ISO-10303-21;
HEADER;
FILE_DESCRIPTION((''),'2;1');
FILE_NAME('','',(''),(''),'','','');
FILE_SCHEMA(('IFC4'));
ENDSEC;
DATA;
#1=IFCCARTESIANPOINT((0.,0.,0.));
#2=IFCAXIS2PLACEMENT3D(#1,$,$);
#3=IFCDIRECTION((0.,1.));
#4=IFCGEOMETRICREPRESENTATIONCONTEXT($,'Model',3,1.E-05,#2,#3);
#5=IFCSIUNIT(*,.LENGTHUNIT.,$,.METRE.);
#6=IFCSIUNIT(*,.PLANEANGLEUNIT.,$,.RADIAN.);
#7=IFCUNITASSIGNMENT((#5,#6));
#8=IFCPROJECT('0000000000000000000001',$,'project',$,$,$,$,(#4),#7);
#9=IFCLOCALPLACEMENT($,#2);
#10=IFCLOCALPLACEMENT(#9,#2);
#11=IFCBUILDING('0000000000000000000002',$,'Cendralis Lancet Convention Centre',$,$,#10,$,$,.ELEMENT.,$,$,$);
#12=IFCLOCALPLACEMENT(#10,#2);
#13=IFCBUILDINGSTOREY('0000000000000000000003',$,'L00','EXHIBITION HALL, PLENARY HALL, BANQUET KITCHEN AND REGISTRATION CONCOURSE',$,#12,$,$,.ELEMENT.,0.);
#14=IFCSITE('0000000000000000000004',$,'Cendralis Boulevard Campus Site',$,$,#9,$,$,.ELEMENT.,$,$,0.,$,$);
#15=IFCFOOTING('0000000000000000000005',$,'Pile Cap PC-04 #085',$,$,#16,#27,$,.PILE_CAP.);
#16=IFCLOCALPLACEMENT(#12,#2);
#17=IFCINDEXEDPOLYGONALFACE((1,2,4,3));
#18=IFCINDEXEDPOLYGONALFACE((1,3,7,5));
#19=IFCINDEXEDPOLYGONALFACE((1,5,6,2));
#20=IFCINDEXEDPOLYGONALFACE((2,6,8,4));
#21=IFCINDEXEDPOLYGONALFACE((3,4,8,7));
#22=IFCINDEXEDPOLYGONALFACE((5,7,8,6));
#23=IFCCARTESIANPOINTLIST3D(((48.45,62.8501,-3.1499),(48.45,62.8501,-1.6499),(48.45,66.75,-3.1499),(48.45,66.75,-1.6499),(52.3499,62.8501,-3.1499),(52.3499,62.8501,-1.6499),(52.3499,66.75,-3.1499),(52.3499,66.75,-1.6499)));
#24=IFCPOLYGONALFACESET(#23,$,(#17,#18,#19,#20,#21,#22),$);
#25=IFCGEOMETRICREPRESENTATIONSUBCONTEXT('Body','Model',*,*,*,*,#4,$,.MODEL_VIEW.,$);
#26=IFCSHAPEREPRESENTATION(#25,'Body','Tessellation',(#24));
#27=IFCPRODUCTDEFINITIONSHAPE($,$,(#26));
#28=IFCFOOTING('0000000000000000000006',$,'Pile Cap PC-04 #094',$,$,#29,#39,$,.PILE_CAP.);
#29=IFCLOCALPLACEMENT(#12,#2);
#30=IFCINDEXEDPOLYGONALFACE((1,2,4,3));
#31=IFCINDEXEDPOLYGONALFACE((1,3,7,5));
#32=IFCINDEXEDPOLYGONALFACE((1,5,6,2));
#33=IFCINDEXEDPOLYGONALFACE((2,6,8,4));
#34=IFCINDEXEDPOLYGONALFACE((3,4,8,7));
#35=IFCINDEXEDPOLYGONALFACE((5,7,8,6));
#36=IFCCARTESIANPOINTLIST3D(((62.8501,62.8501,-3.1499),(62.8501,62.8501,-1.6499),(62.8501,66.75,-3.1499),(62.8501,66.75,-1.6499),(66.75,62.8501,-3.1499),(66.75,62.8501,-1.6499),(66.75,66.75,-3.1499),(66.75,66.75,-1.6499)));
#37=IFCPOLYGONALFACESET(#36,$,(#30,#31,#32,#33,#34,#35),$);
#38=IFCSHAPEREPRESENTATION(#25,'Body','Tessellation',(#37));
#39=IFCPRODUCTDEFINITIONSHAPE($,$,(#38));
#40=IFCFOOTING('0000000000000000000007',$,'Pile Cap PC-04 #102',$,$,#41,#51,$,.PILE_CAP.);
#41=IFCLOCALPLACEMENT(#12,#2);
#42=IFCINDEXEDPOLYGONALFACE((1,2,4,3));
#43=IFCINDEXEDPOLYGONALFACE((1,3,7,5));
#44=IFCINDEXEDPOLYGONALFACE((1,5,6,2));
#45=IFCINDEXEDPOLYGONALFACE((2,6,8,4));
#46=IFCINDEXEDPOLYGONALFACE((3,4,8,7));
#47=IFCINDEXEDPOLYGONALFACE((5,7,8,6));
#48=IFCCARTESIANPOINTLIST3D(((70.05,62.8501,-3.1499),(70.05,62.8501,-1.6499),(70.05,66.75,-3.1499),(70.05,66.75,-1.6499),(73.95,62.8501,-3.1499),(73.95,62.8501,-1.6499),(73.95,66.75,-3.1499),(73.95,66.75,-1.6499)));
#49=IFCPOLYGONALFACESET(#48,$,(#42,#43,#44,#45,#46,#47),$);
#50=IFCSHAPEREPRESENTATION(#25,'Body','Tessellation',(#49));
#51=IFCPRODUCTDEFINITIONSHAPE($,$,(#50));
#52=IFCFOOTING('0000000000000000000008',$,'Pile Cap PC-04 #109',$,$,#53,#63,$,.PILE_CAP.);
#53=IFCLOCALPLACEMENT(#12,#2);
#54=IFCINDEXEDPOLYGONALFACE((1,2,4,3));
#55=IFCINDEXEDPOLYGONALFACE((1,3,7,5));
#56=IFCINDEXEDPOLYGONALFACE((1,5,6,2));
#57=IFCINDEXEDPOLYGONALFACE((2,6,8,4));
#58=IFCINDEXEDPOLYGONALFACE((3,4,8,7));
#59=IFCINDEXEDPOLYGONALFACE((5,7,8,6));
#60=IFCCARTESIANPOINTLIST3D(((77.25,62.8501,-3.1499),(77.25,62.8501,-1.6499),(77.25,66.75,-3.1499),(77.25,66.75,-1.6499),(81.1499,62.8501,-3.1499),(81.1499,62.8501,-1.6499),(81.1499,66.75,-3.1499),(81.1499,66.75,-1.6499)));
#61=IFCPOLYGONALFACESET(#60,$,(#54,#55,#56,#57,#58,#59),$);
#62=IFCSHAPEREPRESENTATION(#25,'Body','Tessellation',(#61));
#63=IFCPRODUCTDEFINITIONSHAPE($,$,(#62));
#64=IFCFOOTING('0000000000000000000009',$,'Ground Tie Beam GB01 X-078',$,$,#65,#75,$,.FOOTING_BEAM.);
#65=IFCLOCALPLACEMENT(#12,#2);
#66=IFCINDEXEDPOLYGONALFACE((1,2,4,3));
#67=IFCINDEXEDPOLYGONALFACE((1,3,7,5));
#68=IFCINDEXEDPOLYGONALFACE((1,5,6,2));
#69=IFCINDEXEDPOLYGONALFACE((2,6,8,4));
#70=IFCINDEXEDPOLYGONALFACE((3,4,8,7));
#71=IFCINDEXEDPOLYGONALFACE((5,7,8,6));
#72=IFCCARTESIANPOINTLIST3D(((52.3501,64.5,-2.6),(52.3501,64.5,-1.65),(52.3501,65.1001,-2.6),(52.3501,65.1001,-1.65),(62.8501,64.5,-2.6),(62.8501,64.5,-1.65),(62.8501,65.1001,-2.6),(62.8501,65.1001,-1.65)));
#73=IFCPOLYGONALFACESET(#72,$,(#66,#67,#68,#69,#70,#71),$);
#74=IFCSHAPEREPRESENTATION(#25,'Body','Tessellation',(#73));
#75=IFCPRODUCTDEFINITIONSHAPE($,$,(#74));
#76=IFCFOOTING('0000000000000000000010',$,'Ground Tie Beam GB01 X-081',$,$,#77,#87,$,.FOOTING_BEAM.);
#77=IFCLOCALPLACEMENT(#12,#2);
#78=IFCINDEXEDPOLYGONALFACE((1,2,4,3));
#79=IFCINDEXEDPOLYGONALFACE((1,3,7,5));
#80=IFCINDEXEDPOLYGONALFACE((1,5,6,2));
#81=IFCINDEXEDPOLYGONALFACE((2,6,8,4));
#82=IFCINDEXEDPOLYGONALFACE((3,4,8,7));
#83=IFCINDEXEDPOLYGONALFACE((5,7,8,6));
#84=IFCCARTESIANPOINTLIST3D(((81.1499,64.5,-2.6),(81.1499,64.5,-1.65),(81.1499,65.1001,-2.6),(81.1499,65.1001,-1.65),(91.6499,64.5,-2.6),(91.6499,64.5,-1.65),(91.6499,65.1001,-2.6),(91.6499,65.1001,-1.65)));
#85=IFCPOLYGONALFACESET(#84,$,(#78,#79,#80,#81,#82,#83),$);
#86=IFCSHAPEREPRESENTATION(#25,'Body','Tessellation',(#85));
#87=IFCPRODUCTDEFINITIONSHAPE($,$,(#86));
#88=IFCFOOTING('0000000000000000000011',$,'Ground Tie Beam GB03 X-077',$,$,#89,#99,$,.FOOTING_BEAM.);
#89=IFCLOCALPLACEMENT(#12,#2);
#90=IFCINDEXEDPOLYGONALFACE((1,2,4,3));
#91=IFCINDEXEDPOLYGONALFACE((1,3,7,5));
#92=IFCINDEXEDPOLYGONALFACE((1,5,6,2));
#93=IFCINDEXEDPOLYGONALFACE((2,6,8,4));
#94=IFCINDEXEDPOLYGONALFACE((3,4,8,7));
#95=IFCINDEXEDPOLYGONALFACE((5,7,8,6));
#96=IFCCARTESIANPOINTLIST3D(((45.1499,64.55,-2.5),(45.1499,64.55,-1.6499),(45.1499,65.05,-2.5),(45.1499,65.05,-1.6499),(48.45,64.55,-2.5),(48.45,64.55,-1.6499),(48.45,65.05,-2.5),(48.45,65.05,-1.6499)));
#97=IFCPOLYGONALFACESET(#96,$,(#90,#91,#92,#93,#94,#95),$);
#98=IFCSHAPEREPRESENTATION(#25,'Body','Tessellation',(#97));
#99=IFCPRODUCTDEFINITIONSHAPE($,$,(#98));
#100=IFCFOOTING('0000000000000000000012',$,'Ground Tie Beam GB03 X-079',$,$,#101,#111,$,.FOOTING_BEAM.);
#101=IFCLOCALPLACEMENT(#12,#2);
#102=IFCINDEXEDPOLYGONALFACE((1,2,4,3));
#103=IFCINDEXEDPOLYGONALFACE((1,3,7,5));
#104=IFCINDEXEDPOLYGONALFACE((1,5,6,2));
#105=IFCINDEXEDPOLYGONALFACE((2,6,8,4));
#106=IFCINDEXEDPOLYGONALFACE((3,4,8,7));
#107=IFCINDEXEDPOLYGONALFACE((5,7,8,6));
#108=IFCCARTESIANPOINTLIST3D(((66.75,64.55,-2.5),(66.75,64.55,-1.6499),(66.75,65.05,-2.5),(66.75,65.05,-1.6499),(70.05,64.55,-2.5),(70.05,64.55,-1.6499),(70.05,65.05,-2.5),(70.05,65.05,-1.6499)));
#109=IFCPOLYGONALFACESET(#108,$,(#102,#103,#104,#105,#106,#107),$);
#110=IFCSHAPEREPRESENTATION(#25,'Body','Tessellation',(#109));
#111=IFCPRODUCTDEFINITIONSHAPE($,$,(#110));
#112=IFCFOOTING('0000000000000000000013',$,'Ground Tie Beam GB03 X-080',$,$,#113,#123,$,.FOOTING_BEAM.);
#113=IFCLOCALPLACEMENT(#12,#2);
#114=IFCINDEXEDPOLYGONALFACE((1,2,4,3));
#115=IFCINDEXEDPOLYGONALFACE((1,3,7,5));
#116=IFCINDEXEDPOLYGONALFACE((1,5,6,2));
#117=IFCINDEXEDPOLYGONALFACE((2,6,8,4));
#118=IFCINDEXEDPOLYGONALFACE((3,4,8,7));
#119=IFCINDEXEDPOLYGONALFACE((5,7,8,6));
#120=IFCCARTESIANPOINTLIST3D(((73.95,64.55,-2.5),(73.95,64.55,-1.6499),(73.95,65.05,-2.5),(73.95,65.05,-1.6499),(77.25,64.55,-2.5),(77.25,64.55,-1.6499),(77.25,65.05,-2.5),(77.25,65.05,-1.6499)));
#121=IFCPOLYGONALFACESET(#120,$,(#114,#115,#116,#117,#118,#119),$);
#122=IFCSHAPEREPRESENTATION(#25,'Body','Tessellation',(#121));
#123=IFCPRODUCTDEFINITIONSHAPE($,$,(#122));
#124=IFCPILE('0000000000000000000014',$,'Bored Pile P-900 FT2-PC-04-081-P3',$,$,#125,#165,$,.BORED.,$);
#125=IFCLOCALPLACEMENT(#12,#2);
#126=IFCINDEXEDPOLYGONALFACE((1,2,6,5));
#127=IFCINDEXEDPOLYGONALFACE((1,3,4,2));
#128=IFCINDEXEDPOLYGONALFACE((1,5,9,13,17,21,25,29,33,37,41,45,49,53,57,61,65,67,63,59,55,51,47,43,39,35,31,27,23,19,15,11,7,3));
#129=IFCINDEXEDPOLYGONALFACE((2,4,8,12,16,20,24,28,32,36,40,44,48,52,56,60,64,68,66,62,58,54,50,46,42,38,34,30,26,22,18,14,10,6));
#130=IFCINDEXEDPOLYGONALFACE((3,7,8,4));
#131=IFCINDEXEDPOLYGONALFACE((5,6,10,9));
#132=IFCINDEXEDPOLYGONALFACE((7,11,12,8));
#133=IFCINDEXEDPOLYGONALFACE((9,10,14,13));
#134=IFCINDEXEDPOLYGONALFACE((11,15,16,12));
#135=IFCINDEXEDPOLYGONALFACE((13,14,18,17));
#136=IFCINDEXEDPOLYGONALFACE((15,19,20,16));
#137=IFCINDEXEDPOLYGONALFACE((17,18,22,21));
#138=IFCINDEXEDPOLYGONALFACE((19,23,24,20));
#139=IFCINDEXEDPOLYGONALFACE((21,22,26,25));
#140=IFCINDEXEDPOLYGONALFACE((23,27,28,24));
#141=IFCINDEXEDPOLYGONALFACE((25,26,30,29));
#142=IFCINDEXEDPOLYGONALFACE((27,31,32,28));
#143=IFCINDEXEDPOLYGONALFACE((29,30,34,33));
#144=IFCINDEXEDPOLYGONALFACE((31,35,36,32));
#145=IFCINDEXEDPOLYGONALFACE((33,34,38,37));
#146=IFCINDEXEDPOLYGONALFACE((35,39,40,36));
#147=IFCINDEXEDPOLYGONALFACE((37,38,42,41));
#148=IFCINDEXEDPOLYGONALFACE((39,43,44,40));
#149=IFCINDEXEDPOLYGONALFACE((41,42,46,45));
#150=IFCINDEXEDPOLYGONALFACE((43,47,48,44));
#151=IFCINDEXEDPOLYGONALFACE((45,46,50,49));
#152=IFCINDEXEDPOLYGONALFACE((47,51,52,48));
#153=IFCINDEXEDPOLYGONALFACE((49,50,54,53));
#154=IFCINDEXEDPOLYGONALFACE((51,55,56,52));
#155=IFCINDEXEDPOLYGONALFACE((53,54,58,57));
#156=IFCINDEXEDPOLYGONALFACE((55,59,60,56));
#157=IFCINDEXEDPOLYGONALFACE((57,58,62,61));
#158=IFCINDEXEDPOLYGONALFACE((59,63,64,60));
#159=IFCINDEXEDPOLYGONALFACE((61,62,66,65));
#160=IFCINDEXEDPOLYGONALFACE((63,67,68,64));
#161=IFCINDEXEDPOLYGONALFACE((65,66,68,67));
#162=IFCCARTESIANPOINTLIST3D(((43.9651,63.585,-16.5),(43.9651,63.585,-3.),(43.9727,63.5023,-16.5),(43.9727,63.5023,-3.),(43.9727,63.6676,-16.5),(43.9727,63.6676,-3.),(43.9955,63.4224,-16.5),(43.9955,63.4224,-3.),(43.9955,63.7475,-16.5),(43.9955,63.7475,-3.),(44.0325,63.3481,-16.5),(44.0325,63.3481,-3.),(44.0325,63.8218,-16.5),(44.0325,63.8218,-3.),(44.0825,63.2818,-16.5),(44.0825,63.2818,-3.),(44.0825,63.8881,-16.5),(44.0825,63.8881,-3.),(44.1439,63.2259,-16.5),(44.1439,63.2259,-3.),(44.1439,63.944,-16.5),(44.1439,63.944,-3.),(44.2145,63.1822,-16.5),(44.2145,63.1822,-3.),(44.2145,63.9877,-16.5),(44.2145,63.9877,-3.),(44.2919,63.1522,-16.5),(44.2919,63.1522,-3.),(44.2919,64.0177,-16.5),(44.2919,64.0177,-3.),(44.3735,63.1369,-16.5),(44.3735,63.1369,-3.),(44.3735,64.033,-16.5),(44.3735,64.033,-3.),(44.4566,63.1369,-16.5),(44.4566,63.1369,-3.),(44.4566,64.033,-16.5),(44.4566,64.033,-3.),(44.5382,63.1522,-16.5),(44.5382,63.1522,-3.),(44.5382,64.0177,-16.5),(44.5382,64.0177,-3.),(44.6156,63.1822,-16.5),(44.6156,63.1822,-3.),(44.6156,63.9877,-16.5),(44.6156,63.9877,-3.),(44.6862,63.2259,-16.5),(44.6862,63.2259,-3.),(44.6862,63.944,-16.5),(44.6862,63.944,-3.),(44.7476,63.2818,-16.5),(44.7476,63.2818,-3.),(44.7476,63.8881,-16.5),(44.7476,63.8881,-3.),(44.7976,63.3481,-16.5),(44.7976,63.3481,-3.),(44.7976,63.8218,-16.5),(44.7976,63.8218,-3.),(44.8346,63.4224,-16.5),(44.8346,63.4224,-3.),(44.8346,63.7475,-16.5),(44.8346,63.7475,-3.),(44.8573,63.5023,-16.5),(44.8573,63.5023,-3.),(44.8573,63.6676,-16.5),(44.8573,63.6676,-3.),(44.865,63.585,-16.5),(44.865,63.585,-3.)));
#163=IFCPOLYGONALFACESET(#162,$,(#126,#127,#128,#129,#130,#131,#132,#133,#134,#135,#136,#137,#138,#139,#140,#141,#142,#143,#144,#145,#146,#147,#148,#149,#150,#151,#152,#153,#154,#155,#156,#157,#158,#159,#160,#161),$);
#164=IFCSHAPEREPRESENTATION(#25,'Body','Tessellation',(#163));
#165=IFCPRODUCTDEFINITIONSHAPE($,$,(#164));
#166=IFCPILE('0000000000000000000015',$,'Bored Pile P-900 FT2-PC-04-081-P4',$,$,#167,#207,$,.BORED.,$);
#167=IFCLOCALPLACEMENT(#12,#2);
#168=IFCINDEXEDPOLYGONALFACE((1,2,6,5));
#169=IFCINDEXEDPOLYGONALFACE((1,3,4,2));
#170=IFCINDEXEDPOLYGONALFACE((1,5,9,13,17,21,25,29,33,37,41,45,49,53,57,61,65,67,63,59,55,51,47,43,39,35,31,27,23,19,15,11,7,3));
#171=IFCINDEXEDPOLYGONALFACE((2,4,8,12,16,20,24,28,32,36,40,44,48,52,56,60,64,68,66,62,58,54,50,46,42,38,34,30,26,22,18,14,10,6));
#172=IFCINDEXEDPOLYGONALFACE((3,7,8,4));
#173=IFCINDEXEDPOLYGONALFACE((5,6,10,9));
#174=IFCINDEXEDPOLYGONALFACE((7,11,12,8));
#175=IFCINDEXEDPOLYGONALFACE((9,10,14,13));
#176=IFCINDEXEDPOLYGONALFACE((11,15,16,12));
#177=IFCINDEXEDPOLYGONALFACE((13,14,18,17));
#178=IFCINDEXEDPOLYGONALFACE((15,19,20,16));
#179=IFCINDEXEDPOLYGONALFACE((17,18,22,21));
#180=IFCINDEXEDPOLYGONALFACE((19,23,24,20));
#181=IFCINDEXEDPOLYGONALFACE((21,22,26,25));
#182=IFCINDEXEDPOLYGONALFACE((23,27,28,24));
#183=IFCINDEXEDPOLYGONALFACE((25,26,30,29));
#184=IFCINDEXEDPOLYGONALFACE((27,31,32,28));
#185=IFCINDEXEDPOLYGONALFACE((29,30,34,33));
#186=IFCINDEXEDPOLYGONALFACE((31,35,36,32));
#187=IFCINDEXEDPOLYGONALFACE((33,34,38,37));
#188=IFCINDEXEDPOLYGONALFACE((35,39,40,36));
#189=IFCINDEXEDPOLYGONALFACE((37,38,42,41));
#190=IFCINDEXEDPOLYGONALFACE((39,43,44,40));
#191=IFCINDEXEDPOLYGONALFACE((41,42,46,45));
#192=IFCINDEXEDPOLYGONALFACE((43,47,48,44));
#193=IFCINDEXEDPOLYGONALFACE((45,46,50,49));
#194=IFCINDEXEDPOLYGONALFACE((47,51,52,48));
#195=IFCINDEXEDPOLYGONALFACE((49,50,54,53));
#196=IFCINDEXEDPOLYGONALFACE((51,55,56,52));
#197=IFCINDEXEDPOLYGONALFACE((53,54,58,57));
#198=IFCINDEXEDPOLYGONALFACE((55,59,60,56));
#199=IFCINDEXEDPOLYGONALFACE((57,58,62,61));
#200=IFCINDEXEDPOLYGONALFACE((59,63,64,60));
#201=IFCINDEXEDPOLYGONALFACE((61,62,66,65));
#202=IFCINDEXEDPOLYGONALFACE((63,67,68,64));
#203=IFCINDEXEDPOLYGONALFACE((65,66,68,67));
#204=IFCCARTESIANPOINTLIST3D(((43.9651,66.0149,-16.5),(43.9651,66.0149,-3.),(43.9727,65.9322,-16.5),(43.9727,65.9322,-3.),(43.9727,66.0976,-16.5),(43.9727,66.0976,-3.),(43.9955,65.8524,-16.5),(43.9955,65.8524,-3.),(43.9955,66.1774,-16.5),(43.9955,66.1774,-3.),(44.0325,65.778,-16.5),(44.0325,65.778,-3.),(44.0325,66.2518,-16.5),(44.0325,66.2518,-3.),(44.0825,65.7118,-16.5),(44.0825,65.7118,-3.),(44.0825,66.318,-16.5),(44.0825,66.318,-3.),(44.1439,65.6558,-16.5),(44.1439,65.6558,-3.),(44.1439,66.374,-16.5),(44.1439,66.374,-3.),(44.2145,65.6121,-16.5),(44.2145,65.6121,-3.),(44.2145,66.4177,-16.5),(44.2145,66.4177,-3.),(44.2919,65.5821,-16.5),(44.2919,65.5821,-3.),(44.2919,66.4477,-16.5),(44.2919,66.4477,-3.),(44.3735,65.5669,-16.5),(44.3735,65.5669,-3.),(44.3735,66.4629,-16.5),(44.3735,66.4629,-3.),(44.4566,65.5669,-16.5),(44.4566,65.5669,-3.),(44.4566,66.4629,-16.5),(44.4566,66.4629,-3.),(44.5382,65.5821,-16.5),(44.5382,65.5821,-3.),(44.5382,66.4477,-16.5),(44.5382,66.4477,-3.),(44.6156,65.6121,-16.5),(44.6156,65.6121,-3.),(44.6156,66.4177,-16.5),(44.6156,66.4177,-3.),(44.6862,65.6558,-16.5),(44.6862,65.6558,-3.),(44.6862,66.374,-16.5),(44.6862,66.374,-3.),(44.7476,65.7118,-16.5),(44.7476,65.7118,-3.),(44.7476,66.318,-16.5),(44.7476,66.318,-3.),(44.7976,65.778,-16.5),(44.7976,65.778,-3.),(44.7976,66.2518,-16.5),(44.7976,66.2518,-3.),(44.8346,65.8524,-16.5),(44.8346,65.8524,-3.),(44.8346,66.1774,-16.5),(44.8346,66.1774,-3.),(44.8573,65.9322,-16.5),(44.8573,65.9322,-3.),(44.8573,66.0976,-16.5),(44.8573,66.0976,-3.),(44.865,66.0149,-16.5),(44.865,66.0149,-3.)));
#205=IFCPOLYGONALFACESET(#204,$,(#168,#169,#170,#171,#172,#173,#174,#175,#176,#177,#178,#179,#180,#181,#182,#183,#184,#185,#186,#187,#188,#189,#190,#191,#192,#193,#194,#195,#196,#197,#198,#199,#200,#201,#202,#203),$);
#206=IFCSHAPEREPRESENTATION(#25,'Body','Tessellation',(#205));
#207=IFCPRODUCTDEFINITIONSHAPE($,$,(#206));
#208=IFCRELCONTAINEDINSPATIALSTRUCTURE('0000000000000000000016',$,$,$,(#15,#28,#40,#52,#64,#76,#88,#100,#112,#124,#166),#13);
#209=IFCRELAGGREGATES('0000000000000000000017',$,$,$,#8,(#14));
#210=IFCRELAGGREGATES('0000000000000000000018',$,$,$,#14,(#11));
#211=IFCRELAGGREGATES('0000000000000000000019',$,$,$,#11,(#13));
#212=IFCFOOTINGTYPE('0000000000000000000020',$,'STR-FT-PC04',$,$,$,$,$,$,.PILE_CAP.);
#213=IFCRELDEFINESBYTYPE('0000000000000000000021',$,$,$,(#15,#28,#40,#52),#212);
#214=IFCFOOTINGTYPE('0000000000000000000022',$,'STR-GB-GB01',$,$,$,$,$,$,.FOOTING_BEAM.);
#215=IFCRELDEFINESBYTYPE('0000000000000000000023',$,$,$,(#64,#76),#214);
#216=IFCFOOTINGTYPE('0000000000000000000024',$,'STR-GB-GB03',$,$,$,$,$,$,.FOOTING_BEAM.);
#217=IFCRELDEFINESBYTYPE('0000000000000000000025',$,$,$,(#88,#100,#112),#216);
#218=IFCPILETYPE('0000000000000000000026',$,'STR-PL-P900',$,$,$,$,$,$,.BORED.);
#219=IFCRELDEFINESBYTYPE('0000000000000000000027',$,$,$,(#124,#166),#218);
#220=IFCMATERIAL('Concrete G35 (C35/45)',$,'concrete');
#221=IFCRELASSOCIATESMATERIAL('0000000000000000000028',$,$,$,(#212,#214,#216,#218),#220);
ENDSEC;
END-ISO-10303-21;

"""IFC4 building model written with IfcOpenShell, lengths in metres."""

from ifc_helpers import new_model, si_unit, direction, frame, origin, origin_2d, place, context, subcontext, project, spatial, rectangle, circle, extrude, material, material_profile, profile_set, type_object, element, save


model = new_model("IFC4")

# Units and contexts
model_context = context("Model", 3, precision=1e-05, world=origin(), true_north=direction((0.0, 1.0)))
body_context = subcontext(model_context, "Body", "Model", "MODEL_VIEW")
ifc_project = project(units=[si_unit("LENGTHUNIT", "METRE"), si_unit("PLANEANGLEUNIT", "RADIAN")], contexts=[model_context])

# Site, building, storey
site_placement = place(None, origin())
site = spatial("IfcSite", under=ifc_project, at=site_placement, Name="Cendralis Boulevard Campus Site", CompositionType="ELEMENT", RefElevation=0.0)
building_placement = place(site_placement, origin())
building = spatial("IfcBuilding", under=site, at=building_placement, Name="Cendralis Lancet Convention Centre", CompositionType="ELEMENT")
storey_placement = place(building_placement, origin())
storey = spatial("IfcBuildingStorey", under=building, at=storey_placement, Name="L00", Description="EXHIBITION HALL, PLENARY HALL, BANQUET KITCHEN AND REGISTRATION CONCOURSE", CompositionType="ELEMENT", Elevation=0.0)

# Footings
ifc_material_1 = material(Name="Concrete G35 (C35/45)", Category="concrete")
footing_type_1 = type_object("IfcFootingType", Name="STR-FT-PC04", PredefinedType="PILE_CAP", material=ifc_material_1)
for number, where, z_axis, x_axis, name in (
    (1, (50.3999, 64.8, -3.1499), (0.0, 0.0, 1.0), (1.0, 0.0, 0.0), "Pile Cap PC-04 #085"),
    (2, (64.8, 64.8, -3.1499), (0.0, 0.0, 1.0), (1.0, 0.0, 0.0), "Pile Cap PC-04 #094"),
    (3, (72.0, 64.8, -3.1499), (0.0, 0.0, 1.0), (1.0, 0.0, 0.0), "Pile Cap PC-04 #102"),
    (4, (79.2, 64.8, -3.1499), (0.0, 0.0, 1.0), (1.0, 0.0, 0.0), "Pile Cap PC-04 #109"),
):
    element("IfcFooting", number, at=place(storey_placement, frame(where, z_axis=z_axis, x_axis=x_axis)), inside=storey, type_object=footing_type_1, Name=name, PredefinedType="PILE_CAP", context=body_context, shape_type="SweptSolid", body=[
        extrude(rectangle(XDim=3.8999, YDim=3.8999, at=origin_2d()), origin(), (0.0, 0.0, 1.0), 1.5),
    ])
ifc_material_profile_1 = material_profile(ifc_material_1, rectangle(XDim=0.6001, YDim=0.95, at=origin_2d()), Name="RCB 600x950")
ifc_profile_set_1 = profile_set([ifc_material_profile_1], Name="Concrete G35 (C35/45)")
footing_type_2 = type_object("IfcFootingType", Name="STR-GB-GB01", PredefinedType="FOOTING_BEAM", material=ifc_profile_set_1)
for number, where, z_axis, x_axis, name in (
    (5, (52.3501, 64.8, -2.125), (1.0, 0.0, 0.0), (0.0, 1.0, 0.0), "Ground Tie Beam GB01 X-078"),
    (6, (81.1499, 64.8, -2.125), (1.0, 0.0, 0.0), (0.0, 1.0, 0.0), "Ground Tie Beam GB01 X-081"),
):
    element("IfcFooting", number, at=place(storey_placement, frame(where, z_axis=z_axis, x_axis=x_axis)), inside=storey, type_object=footing_type_2, Name=name, PredefinedType="FOOTING_BEAM", context=body_context, shape_type="SweptSolid", body=[
        extrude(rectangle(XDim=0.6001, YDim=0.95, at=origin_2d()), origin(), (0.0, 0.0, 1.0), 10.5),
    ])
ifc_material_profile_2 = material_profile(ifc_material_1, rectangle(XDim=0.5, YDim=0.8501, at=origin_2d()), Name="RCB 500x850")
ifc_profile_set_2 = profile_set([ifc_material_profile_2], Name="Concrete G35 (C35/45)")
footing_type_3 = type_object("IfcFootingType", Name="STR-GB-GB03", PredefinedType="FOOTING_BEAM", material=ifc_profile_set_2)
for number, where, z_axis, x_axis, name in (
    (7, (45.1499, 64.8, -2.075), (1.0, 0.0, 0.0), (0.0, 1.0, 0.0), "Ground Tie Beam GB03 X-077"),
    (8, (66.75, 64.8, -2.075), (1.0, 0.0, 0.0), (0.0, 1.0, 0.0), "Ground Tie Beam GB03 X-079"),
    (9, (73.95, 64.8, -2.075), (1.0, 0.0, 0.0), (0.0, 1.0, 0.0), "Ground Tie Beam GB03 X-080"),
):
    element("IfcFooting", number, at=place(storey_placement, frame(where, z_axis=z_axis, x_axis=x_axis)), inside=storey, type_object=footing_type_3, Name=name, PredefinedType="FOOTING_BEAM", context=body_context, shape_type="SweptSolid", body=[
        extrude(rectangle(XDim=0.5, YDim=0.8501, at=origin_2d()), origin(), (0.0, 0.0, 1.0), 3.3),
    ])

# Piles
ifc_material_profile_3 = material_profile(ifc_material_1, circle(Radius=0.45, at=origin_2d()), Name="BORED PILE D900")
ifc_profile_set_3 = profile_set([ifc_material_profile_3], Name="Concrete G35 (C35/45)")
pile_type = type_object("IfcPileType", Name="STR-PL-P900", PredefinedType="BORED", material=ifc_profile_set_3)
for number, where, z_axis, x_axis, name in (
    (10, (44.415, 63.585, -3.0), (0.0, 0.0, -1.0), (1.0, 0.0, 0.0), "Bored Pile P-900 FT2-PC-04-081-P3"),
    (11, (44.415, 66.0149, -3.0), (0.0, 0.0, -1.0), (1.0, 0.0, 0.0), "Bored Pile P-900 FT2-PC-04-081-P4"),
):
    element("IfcPile", number, at=place(storey_placement, frame(where, z_axis=z_axis, x_axis=x_axis)), inside=storey, type_object=pile_type, Name=name, PredefinedType="BORED", context=body_context, shape_type="SweptSolid", body=[
        extrude(circle(Radius=0.45, at=origin_2d()), origin(), (0.0, 0.0, 1.0), 13.5),
    ])

save(model, "model.ifc")
